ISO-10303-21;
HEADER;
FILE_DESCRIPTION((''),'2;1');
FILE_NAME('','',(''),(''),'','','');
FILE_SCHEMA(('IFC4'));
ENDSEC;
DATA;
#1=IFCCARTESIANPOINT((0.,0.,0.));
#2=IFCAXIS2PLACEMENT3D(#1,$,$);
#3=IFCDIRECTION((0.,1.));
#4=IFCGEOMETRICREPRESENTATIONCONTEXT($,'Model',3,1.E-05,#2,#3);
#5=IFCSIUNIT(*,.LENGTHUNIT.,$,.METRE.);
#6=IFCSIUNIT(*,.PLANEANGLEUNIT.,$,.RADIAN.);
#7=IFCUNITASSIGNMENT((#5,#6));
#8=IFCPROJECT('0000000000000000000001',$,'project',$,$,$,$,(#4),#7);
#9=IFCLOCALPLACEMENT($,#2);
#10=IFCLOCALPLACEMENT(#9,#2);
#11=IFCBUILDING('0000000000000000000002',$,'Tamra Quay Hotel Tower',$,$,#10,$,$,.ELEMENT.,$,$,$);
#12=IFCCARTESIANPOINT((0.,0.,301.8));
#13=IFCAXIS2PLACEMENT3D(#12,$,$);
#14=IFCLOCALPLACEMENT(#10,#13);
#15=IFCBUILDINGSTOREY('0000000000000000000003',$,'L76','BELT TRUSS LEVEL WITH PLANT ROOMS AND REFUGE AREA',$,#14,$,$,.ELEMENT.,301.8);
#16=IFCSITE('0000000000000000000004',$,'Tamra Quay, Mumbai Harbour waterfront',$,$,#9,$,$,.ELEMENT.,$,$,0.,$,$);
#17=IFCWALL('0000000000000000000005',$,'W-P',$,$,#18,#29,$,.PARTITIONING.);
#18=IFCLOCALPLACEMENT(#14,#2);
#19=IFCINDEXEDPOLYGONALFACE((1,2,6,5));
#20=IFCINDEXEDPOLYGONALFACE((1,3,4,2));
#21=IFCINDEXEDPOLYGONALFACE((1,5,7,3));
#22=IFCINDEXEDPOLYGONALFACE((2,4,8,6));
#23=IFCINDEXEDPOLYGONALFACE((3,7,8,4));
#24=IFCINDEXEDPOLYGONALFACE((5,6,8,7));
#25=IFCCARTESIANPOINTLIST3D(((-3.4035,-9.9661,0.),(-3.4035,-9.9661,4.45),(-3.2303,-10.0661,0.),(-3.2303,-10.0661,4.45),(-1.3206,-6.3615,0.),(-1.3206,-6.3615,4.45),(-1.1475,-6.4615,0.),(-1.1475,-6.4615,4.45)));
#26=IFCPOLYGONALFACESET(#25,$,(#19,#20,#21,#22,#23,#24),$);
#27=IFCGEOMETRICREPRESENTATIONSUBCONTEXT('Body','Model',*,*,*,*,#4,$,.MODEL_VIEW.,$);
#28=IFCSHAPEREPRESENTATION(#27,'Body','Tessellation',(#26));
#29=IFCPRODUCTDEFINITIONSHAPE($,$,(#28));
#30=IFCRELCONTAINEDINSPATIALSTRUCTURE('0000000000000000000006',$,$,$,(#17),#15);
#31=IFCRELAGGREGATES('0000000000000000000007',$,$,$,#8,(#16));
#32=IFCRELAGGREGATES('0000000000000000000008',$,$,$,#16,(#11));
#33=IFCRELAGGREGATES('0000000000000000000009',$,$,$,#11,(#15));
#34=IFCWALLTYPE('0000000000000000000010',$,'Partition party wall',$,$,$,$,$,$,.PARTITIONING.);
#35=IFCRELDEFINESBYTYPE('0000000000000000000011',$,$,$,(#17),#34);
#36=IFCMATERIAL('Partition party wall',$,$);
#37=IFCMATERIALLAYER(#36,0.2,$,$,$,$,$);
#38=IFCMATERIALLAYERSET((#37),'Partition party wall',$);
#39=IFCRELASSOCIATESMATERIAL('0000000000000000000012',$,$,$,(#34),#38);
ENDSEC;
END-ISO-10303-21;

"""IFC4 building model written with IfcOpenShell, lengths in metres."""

from ifc_helpers import new_model, si_unit, direction, frame, frame_2d, origin, place, context, subcontext, project, spatial, rectangle, extrude, material, layer, layer_set, type_object, element, save


model = new_model("IFC4")

# Units and contexts
model_context = context("Model", 3, precision=1e-05, world=origin(), true_north=direction((0.0, 1.0)))
body_context = subcontext(model_context, "Body", "Model", "MODEL_VIEW")
ifc_project = project(units=[si_unit("LENGTHUNIT", "METRE"), si_unit("PLANEANGLEUNIT", "RADIAN")], contexts=[model_context])

# Site, building, storey
site_placement = place(None, origin())
site = spatial("IfcSite", under=ifc_project, at=site_placement, Name="Tamra Quay, Mumbai Harbour waterfront", CompositionType="ELEMENT", RefElevation=0.0)
building_placement = place(site_placement, origin())
building = spatial("IfcBuilding", under=site, at=building_placement, Name="Tamra Quay Hotel Tower", CompositionType="ELEMENT")
storey_placement = place(building_placement, frame((0.0, 0.0, 301.8)))
storey = spatial("IfcBuildingStorey", under=building, at=storey_placement, Name="L76", Description="BELT TRUSS LEVEL WITH PLANT ROOMS AND REFUGE AREA", CompositionType="ELEMENT", Elevation=301.8)

# Wall
ifc_material_1 = material(Name="Partition party wall")
ifc_layer_1 = layer(ifc_material_1, 0.2)
ifc_layer_set_1 = layer_set([ifc_layer_1], Name="Partition party wall")
wall_type_1 = type_object("IfcWallType", Name="Partition party wall", PredefinedType="PARTITIONING", material=ifc_layer_set_1)
wall_1_placement = place(storey_placement, frame((-3.3169, -10.0161, 0.0), z_axis=(0.0, 0.0, 1.0), x_axis=(0.500308, 0.865848, 0.0)))
element("IfcWall", 1, at=wall_1_placement, inside=storey, type_object=wall_type_1, Name="W-P", PredefinedType="PARTITIONING", context=body_context, shape_type="SweptSolid", body=[
    extrude(rectangle(XDim=4.1631, YDim=0.2, at=frame_2d((2.0815, 0.0))), origin(), (0.0, 0.0, 1.0), 4.45),
])

save(model, "model.ifc")
